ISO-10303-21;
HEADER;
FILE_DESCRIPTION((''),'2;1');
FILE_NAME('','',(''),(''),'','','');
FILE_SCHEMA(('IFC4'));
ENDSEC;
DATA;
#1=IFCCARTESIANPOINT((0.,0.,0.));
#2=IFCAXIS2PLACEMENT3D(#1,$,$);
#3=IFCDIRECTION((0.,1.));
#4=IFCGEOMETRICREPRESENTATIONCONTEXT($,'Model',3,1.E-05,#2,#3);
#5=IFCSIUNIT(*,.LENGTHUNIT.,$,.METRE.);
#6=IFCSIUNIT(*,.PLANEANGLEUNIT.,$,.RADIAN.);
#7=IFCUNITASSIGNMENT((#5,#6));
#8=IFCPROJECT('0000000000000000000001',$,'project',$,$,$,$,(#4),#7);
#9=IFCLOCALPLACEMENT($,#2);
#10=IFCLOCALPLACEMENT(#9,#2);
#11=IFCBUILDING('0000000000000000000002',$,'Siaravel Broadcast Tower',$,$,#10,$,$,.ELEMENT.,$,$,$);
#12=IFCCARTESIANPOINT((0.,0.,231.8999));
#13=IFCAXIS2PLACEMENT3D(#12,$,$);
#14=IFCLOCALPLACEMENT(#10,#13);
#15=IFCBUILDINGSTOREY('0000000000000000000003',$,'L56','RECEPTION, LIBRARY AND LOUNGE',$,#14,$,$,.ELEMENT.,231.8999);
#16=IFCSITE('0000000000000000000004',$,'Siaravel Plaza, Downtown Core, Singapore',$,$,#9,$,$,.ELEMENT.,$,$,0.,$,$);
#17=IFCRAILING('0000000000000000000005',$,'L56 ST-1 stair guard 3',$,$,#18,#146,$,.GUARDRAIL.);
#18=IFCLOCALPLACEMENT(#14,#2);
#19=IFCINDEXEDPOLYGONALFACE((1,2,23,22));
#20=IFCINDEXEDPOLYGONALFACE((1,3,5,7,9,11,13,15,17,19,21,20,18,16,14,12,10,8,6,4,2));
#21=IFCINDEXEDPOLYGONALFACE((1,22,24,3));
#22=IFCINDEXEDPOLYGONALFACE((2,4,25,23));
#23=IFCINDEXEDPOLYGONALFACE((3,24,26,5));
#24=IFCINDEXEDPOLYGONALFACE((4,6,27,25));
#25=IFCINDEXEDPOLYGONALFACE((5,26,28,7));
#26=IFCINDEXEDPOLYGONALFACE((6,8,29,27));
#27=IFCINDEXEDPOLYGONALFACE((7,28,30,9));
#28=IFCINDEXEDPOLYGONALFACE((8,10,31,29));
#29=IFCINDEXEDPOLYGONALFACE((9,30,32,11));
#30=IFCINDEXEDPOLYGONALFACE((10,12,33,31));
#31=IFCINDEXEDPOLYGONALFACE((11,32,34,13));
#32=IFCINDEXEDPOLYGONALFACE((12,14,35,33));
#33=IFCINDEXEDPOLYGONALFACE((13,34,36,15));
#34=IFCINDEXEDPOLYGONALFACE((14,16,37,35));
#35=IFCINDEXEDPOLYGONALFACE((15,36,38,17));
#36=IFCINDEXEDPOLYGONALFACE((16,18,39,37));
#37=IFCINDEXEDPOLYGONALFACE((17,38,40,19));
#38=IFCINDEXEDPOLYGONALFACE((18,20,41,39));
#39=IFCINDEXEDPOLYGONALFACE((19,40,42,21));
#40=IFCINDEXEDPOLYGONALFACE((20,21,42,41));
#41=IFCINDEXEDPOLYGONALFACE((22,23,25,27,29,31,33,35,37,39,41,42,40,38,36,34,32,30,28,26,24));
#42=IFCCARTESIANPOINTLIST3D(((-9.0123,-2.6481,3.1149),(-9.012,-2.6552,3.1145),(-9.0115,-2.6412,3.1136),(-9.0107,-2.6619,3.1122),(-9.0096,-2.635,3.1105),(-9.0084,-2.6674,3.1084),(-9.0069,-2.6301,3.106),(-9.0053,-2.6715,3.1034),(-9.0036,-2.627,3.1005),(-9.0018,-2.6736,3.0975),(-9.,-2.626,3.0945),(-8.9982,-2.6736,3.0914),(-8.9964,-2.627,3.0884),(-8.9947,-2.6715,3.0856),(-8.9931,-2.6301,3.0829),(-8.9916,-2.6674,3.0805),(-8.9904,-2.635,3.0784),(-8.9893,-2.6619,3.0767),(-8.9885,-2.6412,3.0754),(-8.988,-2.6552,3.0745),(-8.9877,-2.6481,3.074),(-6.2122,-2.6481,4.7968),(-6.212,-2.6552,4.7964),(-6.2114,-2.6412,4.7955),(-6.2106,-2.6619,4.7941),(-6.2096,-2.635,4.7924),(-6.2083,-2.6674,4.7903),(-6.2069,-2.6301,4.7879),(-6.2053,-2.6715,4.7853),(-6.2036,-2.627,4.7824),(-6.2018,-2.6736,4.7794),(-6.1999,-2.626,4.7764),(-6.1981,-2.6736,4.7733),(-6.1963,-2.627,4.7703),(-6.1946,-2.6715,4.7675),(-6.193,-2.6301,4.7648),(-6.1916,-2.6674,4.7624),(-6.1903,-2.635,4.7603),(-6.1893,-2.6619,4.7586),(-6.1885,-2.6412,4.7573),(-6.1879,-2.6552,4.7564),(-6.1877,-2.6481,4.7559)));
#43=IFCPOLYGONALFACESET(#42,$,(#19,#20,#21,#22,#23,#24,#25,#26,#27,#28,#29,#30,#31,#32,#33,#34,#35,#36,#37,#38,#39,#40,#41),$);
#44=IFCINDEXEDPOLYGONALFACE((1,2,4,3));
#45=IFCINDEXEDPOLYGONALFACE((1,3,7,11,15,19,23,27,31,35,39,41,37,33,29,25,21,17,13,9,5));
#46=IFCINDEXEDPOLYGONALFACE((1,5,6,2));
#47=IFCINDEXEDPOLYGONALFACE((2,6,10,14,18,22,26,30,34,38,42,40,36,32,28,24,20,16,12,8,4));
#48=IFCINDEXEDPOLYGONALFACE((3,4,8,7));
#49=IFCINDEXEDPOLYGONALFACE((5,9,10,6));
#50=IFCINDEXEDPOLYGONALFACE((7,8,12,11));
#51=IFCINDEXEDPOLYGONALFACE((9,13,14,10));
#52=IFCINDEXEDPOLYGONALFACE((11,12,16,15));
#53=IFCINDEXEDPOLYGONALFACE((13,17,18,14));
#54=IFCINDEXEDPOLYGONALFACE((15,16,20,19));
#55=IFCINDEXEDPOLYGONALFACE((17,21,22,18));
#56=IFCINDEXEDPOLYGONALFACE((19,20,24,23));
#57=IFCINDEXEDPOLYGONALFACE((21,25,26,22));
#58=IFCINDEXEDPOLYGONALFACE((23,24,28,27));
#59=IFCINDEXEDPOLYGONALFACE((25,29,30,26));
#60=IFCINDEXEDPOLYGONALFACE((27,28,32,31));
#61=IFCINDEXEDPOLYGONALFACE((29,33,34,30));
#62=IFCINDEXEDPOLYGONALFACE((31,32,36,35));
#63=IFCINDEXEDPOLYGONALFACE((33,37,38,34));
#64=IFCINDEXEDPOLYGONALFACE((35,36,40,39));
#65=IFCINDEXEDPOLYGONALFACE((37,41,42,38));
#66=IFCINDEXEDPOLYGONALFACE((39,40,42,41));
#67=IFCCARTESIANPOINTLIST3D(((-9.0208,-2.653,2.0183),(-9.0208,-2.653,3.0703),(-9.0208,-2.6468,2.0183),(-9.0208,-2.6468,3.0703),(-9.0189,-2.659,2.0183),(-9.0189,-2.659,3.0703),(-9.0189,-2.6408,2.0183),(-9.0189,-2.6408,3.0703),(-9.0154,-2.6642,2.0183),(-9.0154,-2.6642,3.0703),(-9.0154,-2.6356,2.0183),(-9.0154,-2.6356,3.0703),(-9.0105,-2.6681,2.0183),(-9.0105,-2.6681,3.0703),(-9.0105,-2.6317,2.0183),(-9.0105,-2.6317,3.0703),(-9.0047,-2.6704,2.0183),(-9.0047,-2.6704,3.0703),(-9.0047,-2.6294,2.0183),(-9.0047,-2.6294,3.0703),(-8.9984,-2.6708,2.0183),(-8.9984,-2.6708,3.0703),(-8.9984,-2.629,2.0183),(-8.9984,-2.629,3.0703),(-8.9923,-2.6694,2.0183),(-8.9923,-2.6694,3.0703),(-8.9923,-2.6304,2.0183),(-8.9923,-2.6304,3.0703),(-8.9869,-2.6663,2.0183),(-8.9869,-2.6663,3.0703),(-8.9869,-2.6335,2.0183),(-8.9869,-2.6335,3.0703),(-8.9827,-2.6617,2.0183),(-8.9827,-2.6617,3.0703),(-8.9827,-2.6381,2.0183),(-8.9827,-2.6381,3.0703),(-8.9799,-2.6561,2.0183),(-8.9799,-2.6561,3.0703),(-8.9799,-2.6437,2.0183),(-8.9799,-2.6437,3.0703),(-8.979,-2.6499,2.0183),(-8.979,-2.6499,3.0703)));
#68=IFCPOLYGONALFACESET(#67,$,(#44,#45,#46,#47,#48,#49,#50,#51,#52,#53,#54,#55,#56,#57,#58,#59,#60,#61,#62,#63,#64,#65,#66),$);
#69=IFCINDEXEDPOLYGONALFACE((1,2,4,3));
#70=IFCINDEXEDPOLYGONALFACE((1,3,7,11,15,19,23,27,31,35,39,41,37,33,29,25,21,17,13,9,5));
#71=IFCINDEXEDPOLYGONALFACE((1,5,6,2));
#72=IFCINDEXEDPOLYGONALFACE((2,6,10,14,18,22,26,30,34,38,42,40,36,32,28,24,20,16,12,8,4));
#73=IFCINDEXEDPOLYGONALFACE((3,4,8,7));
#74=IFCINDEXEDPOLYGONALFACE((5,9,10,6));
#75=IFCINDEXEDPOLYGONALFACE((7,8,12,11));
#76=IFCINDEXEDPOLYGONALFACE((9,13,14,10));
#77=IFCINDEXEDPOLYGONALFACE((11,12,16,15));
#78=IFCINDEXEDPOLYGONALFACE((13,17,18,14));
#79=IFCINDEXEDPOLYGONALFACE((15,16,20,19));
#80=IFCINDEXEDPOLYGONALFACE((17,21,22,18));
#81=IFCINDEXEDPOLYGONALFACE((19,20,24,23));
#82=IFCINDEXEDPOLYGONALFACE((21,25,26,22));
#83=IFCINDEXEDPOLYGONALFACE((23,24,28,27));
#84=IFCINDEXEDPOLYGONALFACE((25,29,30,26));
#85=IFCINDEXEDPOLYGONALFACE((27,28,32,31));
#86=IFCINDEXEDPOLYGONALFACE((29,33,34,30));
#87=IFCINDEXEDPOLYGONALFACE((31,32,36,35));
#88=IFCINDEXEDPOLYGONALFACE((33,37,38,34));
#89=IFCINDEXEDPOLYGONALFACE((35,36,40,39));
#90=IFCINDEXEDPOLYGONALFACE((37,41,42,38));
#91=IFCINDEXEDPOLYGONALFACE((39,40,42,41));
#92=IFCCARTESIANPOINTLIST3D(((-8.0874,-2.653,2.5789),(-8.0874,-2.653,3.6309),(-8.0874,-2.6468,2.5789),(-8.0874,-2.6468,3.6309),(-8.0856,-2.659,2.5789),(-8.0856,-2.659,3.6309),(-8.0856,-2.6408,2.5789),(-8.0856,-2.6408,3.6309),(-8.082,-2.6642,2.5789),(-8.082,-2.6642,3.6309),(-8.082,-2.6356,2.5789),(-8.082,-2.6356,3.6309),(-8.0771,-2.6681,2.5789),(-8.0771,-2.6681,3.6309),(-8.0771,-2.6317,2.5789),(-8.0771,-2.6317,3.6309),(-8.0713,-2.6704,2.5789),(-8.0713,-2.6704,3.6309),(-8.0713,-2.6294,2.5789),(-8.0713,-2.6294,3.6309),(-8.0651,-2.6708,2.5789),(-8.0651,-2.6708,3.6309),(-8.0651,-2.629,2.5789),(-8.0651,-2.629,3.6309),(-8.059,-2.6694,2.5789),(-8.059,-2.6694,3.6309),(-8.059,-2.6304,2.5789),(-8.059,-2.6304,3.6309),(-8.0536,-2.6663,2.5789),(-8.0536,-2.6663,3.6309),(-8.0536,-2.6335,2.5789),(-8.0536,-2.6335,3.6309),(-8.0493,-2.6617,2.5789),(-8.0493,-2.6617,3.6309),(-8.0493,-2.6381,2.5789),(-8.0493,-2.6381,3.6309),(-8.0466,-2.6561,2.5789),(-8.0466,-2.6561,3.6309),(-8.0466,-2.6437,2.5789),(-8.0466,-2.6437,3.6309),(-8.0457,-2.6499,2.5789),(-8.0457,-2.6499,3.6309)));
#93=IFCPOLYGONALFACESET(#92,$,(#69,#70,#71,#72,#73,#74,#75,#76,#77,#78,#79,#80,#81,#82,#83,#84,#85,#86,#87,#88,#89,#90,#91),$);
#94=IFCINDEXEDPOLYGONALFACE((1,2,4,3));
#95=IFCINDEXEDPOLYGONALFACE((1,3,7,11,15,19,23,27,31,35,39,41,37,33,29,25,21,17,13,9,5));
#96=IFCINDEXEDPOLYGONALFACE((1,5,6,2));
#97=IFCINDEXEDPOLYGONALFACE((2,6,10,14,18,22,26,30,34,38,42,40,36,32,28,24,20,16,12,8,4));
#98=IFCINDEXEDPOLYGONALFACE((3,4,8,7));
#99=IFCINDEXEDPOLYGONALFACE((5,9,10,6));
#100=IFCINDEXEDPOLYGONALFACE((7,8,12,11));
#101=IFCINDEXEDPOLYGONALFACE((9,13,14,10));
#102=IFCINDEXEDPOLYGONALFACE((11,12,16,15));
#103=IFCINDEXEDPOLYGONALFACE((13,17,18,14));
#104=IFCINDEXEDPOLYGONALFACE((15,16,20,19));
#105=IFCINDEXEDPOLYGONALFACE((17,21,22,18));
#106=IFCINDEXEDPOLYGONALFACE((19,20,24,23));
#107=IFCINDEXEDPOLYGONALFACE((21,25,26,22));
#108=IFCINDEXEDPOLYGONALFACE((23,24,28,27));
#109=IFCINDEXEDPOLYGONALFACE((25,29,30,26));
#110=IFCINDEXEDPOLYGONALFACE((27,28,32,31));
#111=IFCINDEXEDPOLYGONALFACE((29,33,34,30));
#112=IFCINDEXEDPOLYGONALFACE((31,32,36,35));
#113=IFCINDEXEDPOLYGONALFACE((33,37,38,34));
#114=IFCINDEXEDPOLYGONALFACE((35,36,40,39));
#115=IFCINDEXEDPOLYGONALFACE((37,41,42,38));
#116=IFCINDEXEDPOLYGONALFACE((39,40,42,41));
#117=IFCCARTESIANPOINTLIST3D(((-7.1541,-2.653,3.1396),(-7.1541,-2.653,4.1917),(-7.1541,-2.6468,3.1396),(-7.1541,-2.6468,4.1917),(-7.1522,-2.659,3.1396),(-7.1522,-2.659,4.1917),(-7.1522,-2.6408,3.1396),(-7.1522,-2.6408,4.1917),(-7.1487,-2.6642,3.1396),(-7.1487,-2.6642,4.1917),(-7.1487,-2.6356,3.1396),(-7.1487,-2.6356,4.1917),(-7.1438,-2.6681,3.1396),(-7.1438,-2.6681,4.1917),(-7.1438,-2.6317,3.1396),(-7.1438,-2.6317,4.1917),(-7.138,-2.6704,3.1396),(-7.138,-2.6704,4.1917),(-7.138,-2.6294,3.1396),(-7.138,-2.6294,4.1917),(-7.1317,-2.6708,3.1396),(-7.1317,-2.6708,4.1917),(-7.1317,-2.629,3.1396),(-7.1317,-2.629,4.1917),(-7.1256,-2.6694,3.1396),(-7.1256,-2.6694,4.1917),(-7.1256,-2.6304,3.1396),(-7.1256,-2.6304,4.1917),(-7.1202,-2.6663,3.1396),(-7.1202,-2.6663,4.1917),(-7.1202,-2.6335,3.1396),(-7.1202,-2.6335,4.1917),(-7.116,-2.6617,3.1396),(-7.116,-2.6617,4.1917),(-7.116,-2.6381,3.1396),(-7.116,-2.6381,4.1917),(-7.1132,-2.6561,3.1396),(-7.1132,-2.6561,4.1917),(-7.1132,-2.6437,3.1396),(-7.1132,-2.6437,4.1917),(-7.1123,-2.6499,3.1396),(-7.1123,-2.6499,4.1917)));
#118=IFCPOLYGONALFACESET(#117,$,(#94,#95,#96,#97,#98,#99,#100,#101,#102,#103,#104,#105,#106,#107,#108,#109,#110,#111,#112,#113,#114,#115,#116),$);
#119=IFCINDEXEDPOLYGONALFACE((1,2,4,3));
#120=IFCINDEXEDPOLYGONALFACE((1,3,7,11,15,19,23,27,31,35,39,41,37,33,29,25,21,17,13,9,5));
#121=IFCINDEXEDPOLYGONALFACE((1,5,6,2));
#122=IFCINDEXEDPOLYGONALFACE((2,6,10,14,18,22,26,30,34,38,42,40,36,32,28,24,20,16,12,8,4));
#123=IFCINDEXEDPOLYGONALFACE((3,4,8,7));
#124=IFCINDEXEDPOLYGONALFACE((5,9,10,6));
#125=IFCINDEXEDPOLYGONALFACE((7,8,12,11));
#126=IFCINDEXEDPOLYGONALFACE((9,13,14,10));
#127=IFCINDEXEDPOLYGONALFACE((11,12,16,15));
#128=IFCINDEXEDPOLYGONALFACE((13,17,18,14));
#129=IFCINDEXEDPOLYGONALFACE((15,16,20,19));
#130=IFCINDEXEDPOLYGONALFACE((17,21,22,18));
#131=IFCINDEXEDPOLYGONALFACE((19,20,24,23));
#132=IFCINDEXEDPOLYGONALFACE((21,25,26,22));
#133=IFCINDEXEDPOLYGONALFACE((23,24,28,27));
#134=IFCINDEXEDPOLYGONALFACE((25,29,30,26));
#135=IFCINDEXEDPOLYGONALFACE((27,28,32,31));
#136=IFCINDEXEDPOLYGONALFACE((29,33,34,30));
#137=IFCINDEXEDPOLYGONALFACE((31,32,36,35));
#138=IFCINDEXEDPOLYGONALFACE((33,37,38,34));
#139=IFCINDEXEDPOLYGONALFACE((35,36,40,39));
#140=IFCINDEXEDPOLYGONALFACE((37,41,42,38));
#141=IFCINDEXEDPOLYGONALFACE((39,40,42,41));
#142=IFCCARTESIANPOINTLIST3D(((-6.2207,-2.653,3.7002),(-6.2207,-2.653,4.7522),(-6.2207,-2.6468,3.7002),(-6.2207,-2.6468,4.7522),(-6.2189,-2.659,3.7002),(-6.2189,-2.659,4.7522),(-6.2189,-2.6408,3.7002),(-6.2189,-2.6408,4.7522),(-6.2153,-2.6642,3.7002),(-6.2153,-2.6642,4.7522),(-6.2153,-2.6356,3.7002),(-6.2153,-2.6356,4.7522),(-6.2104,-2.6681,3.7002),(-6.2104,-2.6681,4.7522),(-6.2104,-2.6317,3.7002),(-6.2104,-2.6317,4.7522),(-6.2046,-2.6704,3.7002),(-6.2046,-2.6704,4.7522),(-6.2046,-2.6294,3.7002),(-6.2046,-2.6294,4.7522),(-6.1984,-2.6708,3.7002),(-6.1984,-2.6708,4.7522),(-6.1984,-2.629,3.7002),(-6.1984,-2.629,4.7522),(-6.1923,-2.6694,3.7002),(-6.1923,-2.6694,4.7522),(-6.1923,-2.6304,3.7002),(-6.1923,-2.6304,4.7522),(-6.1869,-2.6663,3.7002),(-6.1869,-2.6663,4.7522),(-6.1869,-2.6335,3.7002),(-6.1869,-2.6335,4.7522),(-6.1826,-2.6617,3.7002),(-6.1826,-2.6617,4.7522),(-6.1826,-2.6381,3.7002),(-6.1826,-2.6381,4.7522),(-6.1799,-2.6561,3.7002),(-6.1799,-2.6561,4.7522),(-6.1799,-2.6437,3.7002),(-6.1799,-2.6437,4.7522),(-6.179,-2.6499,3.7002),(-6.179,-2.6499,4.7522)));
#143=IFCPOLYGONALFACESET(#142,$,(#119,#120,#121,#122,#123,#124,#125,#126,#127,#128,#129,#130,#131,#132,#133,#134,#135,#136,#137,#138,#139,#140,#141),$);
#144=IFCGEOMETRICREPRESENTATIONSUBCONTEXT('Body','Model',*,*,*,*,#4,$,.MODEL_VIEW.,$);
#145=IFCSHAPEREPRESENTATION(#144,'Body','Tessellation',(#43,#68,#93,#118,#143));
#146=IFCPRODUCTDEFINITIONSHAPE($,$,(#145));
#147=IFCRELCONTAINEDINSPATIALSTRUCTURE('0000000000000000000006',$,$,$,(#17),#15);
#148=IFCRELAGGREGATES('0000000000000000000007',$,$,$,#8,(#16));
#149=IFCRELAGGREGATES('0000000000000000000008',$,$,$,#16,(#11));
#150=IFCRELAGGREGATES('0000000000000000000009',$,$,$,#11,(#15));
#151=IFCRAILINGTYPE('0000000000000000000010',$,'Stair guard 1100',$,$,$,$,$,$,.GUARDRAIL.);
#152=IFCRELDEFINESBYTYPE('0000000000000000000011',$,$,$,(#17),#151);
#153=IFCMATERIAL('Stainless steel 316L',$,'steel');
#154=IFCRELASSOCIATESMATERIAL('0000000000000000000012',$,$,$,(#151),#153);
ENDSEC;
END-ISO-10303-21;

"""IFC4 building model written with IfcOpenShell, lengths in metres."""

from ifc_helpers import new_model, si_unit, direction, frame, origin, origin_2d, place, context, subcontext, project, spatial, circle, extrude, material, type_object, element, save


model = new_model("IFC4")

# Units and contexts
model_context = context("Model", 3, precision=1e-05, world=origin(), true_north=direction((0.0, 1.0)))
body_context = subcontext(model_context, "Body", "Model", "MODEL_VIEW")
ifc_project = project(units=[si_unit("LENGTHUNIT", "METRE"), si_unit("PLANEANGLEUNIT", "RADIAN")], contexts=[model_context])

# Site, building, storey
site_placement = place(None, origin())
site = spatial("IfcSite", under=ifc_project, at=site_placement, Name="Siaravel Plaza, Downtown Core, Singapore", CompositionType="ELEMENT", RefElevation=0.0)
building_placement = place(site_placement, origin())
building = spatial("IfcBuilding", under=site, at=building_placement, Name="Siaravel Broadcast Tower", CompositionType="ELEMENT")
storey_placement = place(building_placement, frame((0.0, 0.0, 231.8999)))
storey = spatial("IfcBuildingStorey", under=building, at=storey_placement, Name="L56", Description="RECEPTION, LIBRARY AND LOUNGE", CompositionType="ELEMENT", Elevation=231.8999)

# Shared definitions
ifc_material_1 = material(Name="Stainless steel 316L", Category="steel")

# Railing
railing_type_1 = type_object("IfcRailingType", Name="Stair guard 1100", PredefinedType="GUARDRAIL", material=ifc_material_1)
railing_1_placement = place(storey_placement, frame((-9.0, -2.6499, 2.0183)))
element("IfcRailing", 1, at=railing_1_placement, inside=storey, type_object=railing_type_1, Name="L56 ST-1 stair guard 3", PredefinedType="GUARDRAIL", context=body_context, shape_type="SweptSolid", body=[
    extrude(circle(Radius=0.0239, at=origin_2d()), frame((0.0, 0.0, 1.0762), z_axis=(0.857242, 0.0, 0.514913), x_axis=(0.0, 1.0, 0.0)), (0.0, 0.0, 1.0), 3.2664),
    extrude(circle(Radius=0.021, at=origin_2d()), origin(), (0.0, 0.0, 1.0), 1.052),
    extrude(circle(Radius=0.021, at=origin_2d()), frame((0.9333, 0.0, 0.5605)), (0.0, 0.0, 1.0), 1.052),
    extrude(circle(Radius=0.021, at=origin_2d()), frame((1.8667, 0.0, 1.1213)), (0.0, 0.0, 1.0), 1.052),
    extrude(circle(Radius=0.021, at=origin_2d()), frame((2.8, 0.0, 1.6819)), (0.0, 0.0, 1.0), 1.052),
])

save(model, "model.ifc")
